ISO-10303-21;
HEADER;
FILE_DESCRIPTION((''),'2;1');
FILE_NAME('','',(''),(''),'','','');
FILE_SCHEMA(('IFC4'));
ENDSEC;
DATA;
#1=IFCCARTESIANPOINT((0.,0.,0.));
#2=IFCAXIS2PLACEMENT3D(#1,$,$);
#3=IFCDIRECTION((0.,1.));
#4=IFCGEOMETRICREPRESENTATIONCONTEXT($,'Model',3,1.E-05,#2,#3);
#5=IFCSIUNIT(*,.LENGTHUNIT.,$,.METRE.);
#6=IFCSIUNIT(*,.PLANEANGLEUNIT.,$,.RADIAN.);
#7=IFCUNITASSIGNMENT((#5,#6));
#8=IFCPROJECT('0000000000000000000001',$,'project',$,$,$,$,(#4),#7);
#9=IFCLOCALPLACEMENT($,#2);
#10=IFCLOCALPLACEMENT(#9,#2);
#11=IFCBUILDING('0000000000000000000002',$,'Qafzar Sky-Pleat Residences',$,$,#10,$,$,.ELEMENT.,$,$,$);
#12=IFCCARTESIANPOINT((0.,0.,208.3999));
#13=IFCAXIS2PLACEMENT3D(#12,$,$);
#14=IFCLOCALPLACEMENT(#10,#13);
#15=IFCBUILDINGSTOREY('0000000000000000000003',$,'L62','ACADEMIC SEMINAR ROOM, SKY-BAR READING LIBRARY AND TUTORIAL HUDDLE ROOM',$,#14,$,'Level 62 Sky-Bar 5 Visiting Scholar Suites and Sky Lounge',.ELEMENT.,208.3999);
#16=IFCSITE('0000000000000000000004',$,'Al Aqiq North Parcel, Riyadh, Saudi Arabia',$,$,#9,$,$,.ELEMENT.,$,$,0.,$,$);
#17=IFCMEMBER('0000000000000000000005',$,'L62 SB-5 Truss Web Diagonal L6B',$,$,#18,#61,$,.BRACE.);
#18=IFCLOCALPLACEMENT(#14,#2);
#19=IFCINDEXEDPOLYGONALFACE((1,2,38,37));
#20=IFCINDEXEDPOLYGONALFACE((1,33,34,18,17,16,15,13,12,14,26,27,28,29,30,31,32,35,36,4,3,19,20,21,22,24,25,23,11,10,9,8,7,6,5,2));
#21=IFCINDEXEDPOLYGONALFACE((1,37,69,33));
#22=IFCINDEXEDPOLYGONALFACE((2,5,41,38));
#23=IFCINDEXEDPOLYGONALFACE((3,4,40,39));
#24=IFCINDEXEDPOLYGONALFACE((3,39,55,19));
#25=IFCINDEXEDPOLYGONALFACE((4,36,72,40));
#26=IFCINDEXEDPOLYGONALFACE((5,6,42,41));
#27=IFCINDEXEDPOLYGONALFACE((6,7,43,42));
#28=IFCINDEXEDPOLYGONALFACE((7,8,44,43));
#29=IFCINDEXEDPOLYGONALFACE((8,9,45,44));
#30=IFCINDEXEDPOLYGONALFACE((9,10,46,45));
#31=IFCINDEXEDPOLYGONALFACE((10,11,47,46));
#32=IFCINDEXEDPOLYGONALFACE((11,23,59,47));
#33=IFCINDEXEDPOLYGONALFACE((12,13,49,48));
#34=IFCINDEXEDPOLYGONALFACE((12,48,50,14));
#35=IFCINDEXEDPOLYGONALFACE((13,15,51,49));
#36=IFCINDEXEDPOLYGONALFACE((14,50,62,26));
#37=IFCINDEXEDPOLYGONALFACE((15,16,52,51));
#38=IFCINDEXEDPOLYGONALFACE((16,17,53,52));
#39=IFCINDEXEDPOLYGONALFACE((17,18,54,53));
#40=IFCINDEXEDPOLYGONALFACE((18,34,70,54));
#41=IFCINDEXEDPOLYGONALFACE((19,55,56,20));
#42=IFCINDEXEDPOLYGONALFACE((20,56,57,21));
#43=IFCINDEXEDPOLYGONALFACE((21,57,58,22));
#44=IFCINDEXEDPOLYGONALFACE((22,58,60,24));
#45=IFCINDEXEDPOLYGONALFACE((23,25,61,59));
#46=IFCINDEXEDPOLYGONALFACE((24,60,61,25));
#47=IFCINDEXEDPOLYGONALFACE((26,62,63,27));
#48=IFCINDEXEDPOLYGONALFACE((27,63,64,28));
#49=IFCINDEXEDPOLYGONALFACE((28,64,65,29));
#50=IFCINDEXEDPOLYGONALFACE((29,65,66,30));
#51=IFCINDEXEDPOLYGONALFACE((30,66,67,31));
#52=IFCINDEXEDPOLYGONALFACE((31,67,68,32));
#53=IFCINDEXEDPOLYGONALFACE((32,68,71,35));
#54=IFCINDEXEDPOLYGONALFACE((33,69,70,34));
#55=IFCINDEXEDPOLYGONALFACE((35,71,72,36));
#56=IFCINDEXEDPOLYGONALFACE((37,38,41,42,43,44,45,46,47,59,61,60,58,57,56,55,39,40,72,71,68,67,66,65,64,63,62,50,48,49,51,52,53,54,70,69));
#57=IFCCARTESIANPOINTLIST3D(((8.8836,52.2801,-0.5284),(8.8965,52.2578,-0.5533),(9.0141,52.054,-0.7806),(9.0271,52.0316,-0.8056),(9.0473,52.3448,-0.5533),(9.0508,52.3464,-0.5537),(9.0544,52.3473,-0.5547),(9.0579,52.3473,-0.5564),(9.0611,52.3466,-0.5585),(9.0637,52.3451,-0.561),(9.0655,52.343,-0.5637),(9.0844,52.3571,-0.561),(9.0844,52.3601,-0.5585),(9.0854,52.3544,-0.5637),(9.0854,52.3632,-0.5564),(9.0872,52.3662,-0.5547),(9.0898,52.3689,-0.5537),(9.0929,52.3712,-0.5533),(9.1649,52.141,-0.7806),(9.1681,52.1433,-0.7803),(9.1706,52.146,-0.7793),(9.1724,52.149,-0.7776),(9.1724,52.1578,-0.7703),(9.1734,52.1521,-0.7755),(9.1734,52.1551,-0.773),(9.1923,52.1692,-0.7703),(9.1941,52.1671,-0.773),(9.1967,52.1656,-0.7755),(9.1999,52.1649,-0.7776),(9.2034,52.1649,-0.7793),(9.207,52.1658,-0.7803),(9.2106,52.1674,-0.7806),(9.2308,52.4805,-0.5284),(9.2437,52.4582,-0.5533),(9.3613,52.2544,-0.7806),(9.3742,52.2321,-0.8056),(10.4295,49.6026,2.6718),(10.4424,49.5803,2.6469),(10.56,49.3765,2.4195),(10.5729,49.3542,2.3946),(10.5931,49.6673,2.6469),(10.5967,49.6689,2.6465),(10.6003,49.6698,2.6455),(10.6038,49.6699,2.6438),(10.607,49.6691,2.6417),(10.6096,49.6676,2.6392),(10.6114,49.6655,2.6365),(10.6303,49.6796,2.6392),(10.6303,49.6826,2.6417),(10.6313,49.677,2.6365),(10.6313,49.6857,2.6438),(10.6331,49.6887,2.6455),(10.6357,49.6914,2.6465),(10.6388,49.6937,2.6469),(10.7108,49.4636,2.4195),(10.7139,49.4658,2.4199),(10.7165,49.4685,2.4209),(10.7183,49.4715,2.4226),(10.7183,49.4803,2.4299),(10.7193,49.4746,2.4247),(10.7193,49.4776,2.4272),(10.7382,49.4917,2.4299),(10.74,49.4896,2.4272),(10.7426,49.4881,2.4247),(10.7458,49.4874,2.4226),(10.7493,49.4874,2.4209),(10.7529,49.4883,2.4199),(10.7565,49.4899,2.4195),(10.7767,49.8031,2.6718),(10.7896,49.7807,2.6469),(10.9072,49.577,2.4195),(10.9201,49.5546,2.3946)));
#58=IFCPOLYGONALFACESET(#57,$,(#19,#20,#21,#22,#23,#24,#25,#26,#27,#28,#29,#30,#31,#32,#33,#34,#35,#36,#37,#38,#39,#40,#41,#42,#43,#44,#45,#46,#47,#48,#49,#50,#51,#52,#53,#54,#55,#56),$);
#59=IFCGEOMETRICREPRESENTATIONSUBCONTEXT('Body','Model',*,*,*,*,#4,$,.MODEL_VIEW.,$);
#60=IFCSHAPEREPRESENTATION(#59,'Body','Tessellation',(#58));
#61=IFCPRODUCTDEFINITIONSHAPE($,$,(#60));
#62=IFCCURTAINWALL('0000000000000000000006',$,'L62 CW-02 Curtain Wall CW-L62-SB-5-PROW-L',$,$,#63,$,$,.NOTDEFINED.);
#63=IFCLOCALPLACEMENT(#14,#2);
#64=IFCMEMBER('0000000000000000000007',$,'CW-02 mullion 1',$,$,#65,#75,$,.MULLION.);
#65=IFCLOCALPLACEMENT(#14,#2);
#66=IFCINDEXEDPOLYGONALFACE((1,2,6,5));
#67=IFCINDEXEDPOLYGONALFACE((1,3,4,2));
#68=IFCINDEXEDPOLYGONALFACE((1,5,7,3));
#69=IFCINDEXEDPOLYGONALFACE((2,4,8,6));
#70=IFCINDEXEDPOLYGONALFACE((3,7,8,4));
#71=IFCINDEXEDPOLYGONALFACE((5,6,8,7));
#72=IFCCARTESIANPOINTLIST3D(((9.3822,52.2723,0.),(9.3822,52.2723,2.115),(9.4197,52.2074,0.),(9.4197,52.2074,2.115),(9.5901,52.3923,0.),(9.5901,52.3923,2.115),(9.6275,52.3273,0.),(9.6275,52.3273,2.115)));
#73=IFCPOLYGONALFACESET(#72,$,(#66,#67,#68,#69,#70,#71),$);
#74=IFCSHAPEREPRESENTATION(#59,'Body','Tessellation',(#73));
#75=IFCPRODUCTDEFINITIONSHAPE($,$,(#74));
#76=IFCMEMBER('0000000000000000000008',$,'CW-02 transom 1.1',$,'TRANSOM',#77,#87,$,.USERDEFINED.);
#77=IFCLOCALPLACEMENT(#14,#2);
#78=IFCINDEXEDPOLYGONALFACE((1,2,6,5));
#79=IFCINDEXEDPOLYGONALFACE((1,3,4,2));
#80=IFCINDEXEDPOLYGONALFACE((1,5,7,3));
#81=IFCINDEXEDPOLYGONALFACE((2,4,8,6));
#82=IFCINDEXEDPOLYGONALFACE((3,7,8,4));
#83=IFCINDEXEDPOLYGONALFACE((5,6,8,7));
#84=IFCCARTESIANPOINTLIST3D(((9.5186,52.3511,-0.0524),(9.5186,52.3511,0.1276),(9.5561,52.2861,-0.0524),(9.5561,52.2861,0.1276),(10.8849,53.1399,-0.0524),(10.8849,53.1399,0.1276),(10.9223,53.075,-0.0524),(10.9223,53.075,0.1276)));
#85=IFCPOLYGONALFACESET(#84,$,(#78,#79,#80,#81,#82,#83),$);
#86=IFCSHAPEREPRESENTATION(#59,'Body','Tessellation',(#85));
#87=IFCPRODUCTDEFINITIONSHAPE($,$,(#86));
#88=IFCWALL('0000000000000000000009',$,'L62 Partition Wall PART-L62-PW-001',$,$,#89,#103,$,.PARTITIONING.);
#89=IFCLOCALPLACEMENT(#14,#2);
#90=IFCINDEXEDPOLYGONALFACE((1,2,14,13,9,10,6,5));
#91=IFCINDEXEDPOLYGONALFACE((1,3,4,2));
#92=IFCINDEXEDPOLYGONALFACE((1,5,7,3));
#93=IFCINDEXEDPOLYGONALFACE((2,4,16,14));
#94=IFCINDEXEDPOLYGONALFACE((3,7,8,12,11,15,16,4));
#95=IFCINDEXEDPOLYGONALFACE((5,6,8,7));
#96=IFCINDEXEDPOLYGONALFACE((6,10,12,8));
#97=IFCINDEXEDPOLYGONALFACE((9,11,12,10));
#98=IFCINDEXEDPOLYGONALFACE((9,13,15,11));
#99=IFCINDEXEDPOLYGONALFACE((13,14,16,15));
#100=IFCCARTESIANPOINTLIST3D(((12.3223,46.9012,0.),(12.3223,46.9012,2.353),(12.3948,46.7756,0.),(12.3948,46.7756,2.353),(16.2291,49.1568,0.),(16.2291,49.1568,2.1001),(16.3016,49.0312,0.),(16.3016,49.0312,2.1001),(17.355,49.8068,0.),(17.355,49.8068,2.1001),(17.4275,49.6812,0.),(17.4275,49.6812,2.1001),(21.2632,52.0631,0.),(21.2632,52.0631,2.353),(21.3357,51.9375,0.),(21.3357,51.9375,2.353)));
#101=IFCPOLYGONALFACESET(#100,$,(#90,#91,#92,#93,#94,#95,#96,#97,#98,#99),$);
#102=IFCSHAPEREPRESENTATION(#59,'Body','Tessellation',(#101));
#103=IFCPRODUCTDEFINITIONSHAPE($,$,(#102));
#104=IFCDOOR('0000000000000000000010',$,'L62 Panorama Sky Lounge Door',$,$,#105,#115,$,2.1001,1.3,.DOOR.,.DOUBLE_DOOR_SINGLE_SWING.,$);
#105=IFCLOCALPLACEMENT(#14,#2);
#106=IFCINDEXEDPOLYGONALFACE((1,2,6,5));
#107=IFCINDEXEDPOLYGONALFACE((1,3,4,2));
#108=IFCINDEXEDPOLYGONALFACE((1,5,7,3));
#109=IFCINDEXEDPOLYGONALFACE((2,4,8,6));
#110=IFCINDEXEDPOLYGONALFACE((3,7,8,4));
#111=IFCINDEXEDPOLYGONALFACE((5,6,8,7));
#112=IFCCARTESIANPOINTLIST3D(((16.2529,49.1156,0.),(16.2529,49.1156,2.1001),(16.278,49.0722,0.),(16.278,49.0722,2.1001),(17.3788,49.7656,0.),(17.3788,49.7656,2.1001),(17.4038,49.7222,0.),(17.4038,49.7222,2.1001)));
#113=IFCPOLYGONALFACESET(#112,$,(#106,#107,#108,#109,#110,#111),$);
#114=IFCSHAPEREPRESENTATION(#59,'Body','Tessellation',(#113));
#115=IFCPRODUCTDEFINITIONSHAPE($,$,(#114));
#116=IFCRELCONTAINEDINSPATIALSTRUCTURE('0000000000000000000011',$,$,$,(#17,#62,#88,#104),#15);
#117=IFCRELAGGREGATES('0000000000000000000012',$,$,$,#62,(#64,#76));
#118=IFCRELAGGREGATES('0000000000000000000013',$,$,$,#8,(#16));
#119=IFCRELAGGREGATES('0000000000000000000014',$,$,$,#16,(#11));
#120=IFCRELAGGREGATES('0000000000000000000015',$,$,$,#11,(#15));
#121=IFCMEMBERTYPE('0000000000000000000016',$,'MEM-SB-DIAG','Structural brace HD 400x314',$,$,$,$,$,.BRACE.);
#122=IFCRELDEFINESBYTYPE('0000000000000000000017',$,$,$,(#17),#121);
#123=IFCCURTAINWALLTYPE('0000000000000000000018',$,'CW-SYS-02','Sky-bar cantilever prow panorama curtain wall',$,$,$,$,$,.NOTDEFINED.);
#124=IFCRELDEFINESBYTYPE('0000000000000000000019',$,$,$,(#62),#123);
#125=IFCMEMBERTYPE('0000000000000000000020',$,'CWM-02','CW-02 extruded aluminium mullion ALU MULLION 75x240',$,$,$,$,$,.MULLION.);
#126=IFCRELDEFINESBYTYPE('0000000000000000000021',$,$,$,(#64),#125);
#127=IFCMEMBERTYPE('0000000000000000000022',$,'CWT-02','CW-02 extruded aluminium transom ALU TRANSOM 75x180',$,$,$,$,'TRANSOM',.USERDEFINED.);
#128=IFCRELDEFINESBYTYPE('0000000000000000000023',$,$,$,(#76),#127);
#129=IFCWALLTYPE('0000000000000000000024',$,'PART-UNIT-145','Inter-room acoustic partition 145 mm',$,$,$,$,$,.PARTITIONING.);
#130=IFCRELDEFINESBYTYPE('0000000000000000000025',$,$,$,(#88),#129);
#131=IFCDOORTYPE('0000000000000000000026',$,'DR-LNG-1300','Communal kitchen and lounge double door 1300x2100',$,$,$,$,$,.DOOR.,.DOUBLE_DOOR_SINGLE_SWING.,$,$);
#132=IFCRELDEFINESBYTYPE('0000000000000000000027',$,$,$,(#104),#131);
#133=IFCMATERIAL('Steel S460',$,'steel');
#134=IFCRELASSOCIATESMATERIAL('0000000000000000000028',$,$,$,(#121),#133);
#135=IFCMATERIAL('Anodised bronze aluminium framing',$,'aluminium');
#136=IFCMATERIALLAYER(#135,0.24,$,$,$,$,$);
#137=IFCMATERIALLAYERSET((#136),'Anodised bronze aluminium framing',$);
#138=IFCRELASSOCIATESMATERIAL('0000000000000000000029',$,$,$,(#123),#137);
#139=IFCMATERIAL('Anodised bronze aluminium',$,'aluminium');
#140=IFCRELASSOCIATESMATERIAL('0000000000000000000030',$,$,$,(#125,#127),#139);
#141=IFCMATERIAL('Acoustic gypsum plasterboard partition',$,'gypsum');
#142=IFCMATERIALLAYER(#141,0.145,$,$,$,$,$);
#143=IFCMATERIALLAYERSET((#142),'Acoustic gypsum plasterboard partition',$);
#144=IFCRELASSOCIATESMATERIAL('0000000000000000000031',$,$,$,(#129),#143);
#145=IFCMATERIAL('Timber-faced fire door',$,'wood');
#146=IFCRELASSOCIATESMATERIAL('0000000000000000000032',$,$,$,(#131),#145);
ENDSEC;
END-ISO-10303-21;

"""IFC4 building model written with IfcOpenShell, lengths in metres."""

from ifc_helpers import new_model, si_unit, direction, frame, frame_2d, origin, origin_2d, place, context, subcontext, project, spatial, rectangle, i_section, extrude, source, transform, mapped, material, layer, layer_set, material_profile, profile_set, type_object, element, fill, aggregate, save


model = new_model("IFC4")

# Units and contexts
model_context = context("Model", 3, precision=1e-05, world=origin(), true_north=direction((0.0, 1.0)))
body_context = subcontext(model_context, "Body", "Model", "MODEL_VIEW")
ifc_project = project(units=[si_unit("LENGTHUNIT", "METRE"), si_unit("PLANEANGLEUNIT", "RADIAN")], contexts=[model_context])

# Site, building, storey
site_placement = place(None, origin())
site = spatial("IfcSite", under=ifc_project, at=site_placement, Name="Al Aqiq North Parcel, Riyadh, Saudi Arabia", CompositionType="ELEMENT", RefElevation=0.0)
building_placement = place(site_placement, origin())
building = spatial("IfcBuilding", under=site, at=building_placement, Name="Qafzar Sky-Pleat Residences", CompositionType="ELEMENT")
storey_placement = place(building_placement, frame((0.0, 0.0, 208.3999)))
storey = spatial("IfcBuildingStorey", under=building, at=storey_placement, Name="L62", Description="ACADEMIC SEMINAR ROOM, SKY-BAR READING LIBRARY AND TUTORIAL HUDDLE ROOM", LongName="Level 62 Sky-Bar 5 Visiting Scholar Suites and Sky Lounge", CompositionType="ELEMENT", Elevation=208.3999)

# Shared definitions
ifc_material_1 = material(Name="Steel S460", Category="steel")
ifc_material_profile_1 = material_profile(ifc_material_1, i_section(OverallWidth=0.4009, OverallDepth=0.3989, WebThickness=0.0229, FlangeThickness=0.0359, FilletRadius=0.0149, at=origin_2d()), Name="HD 400x314")
ifc_profile_set_1 = profile_set([ifc_material_profile_1], Name="Steel S460")
member_type_1 = type_object("IfcMemberType", Name="MEM-SB-DIAG", Description="Structural brace HD 400x314", PredefinedType="BRACE", material=ifc_profile_set_1)

# Member
shared_shape_1 = source(origin(), body_context, "Body", "SweptSolid", [
    extrude(i_section(OverallWidth=0.4009, OverallDepth=0.3989, WebThickness=0.0229, FlangeThickness=0.0359, FilletRadius=0.0149, at=origin_2d()), origin(), (0.0, 0.0, 1.0), 4.4497),
])
for number, where, z_axis, x_axis, name in (
    (1, (10.6748, 49.5786, 2.5332), (-0.347415, 0.601721, -0.71919), (-0.866019, -0.500012, 0.0), "L62 SB-5 Truss Web Diagonal L6B"),
):
    element("IfcMember", number, at=place(storey_placement, frame(where, z_axis=z_axis, x_axis=x_axis)), inside=storey, type_object=member_type_1, Name=name, PredefinedType="BRACE", context=body_context, shape_type="MappedRepresentation", body=[
        mapped(shared_shape_1, transform((0.0, 0.0, 0.0), x_axis=(1.0, 0.0, 0.0), y_axis=(0.0, 1.0, 0.0), z_axis=(0.0, 0.0, 1.0), scale=1.0)),
    ])

# Curtain wall, members
ifc_material_2 = material(Name="Anodised bronze aluminium framing", Category="aluminium")
ifc_layer_1 = layer(ifc_material_2, 0.24)
ifc_layer_set_1 = layer_set([ifc_layer_1], Name="Anodised bronze aluminium framing")
curtain_wall_type = type_object("IfcCurtainWallType", Name="CW-SYS-02", Description="Sky-bar cantilever prow panorama curtain wall", PredefinedType="NOTDEFINED", material=ifc_layer_set_1)
curtain_wall_placement = place(storey_placement, origin())
curtain_wall = element("IfcCurtainWall", 2, at=curtain_wall_placement, inside=storey, type_object=curtain_wall_type, Name="L62 CW-02 Curtain Wall CW-L62-SB-5-PROW-L", PredefinedType="NOTDEFINED")
ifc_material_3 = material(Name="Anodised bronze aluminium", Category="aluminium")
ifc_material_profile_2 = material_profile(ifc_material_3, rectangle(XDim=0.075, YDim=0.24, at=origin_2d()), Name="ALU MULLION 75x240")
ifc_profile_set_2 = profile_set([ifc_material_profile_2], Name="Anodised bronze aluminium")
member_type_2 = type_object("IfcMemberType", Name="CWM-02", Description="CW-02 extruded aluminium mullion ALU MULLION 75x240", PredefinedType="MULLION", material=ifc_profile_set_2)
shared_shape_2 = source(origin(), body_context, "Body", "SweptSolid", [
    extrude(rectangle(XDim=0.075, YDim=0.24, at=origin_2d()), origin(), (0.0, 0.0, 1.0), 2.115),
])
member_1_placement = place(storey_placement, frame((9.5049, 52.2998, 0.0), z_axis=(0.0, 0.0, 1.0), x_axis=(-0.499996, 0.866028, 0.0)))
member_1 = element("IfcMember", 3, at=member_1_placement, type_object=member_type_2, Name="CW-02 mullion 1", PredefinedType="MULLION", context=body_context, shape_type="MappedRepresentation", body=[
    mapped(shared_shape_2, transform((0.0, 0.0, 0.0), x_axis=(1.0, 0.0, 0.0), y_axis=(0.0, 1.0, 0.0), z_axis=(0.0, 0.0, 1.0), scale=1.0)),
])
ifc_material_profile_3 = material_profile(ifc_material_3, rectangle(XDim=0.075, YDim=0.1799, at=origin_2d()), Name="ALU TRANSOM 75x180")
ifc_profile_set_3 = profile_set([ifc_material_profile_3], Name="Anodised bronze aluminium")
member_type_3 = type_object("IfcMemberType", Name="CWT-02", Description="CW-02 extruded aluminium transom ALU TRANSOM 75x180", ElementType="TRANSOM", PredefinedType="USERDEFINED", material=ifc_profile_set_3)
shared_shape_3 = source(origin(), body_context, "Body", "SweptSolid", [
    extrude(rectangle(XDim=0.075, YDim=0.1799, at=origin_2d()), origin(), (0.0, 0.0, 1.0), 1.5776),
])
member_2_placement = place(storey_placement, frame((9.5374, 52.3186, 0.0376), z_axis=(0.866015, 0.500017, 0.0), x_axis=(-0.500017, 0.866015, 0.0)))
member_2 = element("IfcMember", 4, at=member_2_placement, type_object=member_type_3, Name="CW-02 transom 1.1", ObjectType="TRANSOM", PredefinedType="USERDEFINED", context=body_context, shape_type="MappedRepresentation", body=[
    mapped(shared_shape_3, transform((0.0, 0.0, 0.0), x_axis=(1.0, 0.0, 0.0), y_axis=(0.0, 1.0, 0.0), z_axis=(0.0, 0.0, 1.0), scale=1.0)),
])
aggregate(curtain_wall, [member_1, member_2])

# Wall, opening, door
ifc_material_4 = material(Name="Acoustic gypsum plasterboard partition", Category="gypsum")
ifc_layer_2 = layer(ifc_material_4, 0.145)
ifc_layer_set_2 = layer_set([ifc_layer_2], Name="Acoustic gypsum plasterboard partition")
wall_type = type_object("IfcWallType", Name="PART-UNIT-145", Description="Inter-room acoustic partition 145 mm", PredefinedType="PARTITIONING", material=ifc_layer_set_2)
wall_placement = place(storey_placement, frame((12.3584, 46.8384, 0.0), z_axis=(0.0, 0.0, 1.0), x_axis=(0.866033, 0.499987, 0.0)))
wall = element("IfcWall", 5, at=wall_placement, inside=storey, type_object=wall_type, Name="L62 Partition Wall PART-L62-PW-001", PredefinedType="PARTITIONING", context=body_context, shape_type="SweptSolid", body=[
    extrude(rectangle(XDim=10.324, YDim=0.145, at=frame_2d((5.1621, 0.0))), origin(), (0.0, 0.0, 1.0), 2.353),
])
opening_placement = place(wall_placement, frame((4.5115, 0.0, 0.0)))
opening = element("IfcOpeningElement", 6, at=opening_placement, cuts=wall, PredefinedType="OPENING", context=body_context, shape_type="SweptSolid", body=[
    extrude(rectangle(XDim=1.3, YDim=2.1001, at=frame_2d((0.6499, 1.05))), frame((0.0, 0.0825, 0.0), z_axis=(0.0, -1.0, 0.0), x_axis=(1.0, 0.0, 0.0)), (0.0, 0.0, 1.0), 0.165),
])
ifc_material_5 = material(Name="Timber-faced fire door", Category="wood")
door_type = type_object("IfcDoorType", Name="DR-LNG-1300", Description="Communal kitchen and lounge double door 1300x2100", OperationType="DOUBLE_DOOR_SINGLE_SWING", PredefinedType="DOOR", material=ifc_material_5)
shared_shape_4 = source(origin(), body_context, "Body", "SweptSolid", [
    extrude(rectangle(XDim=1.3, YDim=2.1001, at=frame_2d((0.6499, 1.05))), frame((0.0, 0.0249, 0.0), z_axis=(0.0, -1.0, 0.0), x_axis=(1.0, 0.0, 0.0)), (0.0, 0.0, 1.0), 0.05),
])
door_placement = place(opening_placement, origin())
door = element("IfcDoor", 7, at=door_placement, inside=storey, type_object=door_type, Name="L62 Panorama Sky Lounge Door", OperationType="DOUBLE_DOOR_SINGLE_SWING", OverallHeight=2.1001, OverallWidth=1.3, PredefinedType="DOOR", context=body_context, shape_type="MappedRepresentation", body=[
    mapped(shared_shape_4, transform((0.0, 0.0, 0.0), x_axis=(1.0, 0.0, 0.0), y_axis=(0.0, 1.0, 0.0), z_axis=(0.0, 0.0, 1.0), scale=1.0)),
])
fill(opening, door)

save(model, "model.ifc")
